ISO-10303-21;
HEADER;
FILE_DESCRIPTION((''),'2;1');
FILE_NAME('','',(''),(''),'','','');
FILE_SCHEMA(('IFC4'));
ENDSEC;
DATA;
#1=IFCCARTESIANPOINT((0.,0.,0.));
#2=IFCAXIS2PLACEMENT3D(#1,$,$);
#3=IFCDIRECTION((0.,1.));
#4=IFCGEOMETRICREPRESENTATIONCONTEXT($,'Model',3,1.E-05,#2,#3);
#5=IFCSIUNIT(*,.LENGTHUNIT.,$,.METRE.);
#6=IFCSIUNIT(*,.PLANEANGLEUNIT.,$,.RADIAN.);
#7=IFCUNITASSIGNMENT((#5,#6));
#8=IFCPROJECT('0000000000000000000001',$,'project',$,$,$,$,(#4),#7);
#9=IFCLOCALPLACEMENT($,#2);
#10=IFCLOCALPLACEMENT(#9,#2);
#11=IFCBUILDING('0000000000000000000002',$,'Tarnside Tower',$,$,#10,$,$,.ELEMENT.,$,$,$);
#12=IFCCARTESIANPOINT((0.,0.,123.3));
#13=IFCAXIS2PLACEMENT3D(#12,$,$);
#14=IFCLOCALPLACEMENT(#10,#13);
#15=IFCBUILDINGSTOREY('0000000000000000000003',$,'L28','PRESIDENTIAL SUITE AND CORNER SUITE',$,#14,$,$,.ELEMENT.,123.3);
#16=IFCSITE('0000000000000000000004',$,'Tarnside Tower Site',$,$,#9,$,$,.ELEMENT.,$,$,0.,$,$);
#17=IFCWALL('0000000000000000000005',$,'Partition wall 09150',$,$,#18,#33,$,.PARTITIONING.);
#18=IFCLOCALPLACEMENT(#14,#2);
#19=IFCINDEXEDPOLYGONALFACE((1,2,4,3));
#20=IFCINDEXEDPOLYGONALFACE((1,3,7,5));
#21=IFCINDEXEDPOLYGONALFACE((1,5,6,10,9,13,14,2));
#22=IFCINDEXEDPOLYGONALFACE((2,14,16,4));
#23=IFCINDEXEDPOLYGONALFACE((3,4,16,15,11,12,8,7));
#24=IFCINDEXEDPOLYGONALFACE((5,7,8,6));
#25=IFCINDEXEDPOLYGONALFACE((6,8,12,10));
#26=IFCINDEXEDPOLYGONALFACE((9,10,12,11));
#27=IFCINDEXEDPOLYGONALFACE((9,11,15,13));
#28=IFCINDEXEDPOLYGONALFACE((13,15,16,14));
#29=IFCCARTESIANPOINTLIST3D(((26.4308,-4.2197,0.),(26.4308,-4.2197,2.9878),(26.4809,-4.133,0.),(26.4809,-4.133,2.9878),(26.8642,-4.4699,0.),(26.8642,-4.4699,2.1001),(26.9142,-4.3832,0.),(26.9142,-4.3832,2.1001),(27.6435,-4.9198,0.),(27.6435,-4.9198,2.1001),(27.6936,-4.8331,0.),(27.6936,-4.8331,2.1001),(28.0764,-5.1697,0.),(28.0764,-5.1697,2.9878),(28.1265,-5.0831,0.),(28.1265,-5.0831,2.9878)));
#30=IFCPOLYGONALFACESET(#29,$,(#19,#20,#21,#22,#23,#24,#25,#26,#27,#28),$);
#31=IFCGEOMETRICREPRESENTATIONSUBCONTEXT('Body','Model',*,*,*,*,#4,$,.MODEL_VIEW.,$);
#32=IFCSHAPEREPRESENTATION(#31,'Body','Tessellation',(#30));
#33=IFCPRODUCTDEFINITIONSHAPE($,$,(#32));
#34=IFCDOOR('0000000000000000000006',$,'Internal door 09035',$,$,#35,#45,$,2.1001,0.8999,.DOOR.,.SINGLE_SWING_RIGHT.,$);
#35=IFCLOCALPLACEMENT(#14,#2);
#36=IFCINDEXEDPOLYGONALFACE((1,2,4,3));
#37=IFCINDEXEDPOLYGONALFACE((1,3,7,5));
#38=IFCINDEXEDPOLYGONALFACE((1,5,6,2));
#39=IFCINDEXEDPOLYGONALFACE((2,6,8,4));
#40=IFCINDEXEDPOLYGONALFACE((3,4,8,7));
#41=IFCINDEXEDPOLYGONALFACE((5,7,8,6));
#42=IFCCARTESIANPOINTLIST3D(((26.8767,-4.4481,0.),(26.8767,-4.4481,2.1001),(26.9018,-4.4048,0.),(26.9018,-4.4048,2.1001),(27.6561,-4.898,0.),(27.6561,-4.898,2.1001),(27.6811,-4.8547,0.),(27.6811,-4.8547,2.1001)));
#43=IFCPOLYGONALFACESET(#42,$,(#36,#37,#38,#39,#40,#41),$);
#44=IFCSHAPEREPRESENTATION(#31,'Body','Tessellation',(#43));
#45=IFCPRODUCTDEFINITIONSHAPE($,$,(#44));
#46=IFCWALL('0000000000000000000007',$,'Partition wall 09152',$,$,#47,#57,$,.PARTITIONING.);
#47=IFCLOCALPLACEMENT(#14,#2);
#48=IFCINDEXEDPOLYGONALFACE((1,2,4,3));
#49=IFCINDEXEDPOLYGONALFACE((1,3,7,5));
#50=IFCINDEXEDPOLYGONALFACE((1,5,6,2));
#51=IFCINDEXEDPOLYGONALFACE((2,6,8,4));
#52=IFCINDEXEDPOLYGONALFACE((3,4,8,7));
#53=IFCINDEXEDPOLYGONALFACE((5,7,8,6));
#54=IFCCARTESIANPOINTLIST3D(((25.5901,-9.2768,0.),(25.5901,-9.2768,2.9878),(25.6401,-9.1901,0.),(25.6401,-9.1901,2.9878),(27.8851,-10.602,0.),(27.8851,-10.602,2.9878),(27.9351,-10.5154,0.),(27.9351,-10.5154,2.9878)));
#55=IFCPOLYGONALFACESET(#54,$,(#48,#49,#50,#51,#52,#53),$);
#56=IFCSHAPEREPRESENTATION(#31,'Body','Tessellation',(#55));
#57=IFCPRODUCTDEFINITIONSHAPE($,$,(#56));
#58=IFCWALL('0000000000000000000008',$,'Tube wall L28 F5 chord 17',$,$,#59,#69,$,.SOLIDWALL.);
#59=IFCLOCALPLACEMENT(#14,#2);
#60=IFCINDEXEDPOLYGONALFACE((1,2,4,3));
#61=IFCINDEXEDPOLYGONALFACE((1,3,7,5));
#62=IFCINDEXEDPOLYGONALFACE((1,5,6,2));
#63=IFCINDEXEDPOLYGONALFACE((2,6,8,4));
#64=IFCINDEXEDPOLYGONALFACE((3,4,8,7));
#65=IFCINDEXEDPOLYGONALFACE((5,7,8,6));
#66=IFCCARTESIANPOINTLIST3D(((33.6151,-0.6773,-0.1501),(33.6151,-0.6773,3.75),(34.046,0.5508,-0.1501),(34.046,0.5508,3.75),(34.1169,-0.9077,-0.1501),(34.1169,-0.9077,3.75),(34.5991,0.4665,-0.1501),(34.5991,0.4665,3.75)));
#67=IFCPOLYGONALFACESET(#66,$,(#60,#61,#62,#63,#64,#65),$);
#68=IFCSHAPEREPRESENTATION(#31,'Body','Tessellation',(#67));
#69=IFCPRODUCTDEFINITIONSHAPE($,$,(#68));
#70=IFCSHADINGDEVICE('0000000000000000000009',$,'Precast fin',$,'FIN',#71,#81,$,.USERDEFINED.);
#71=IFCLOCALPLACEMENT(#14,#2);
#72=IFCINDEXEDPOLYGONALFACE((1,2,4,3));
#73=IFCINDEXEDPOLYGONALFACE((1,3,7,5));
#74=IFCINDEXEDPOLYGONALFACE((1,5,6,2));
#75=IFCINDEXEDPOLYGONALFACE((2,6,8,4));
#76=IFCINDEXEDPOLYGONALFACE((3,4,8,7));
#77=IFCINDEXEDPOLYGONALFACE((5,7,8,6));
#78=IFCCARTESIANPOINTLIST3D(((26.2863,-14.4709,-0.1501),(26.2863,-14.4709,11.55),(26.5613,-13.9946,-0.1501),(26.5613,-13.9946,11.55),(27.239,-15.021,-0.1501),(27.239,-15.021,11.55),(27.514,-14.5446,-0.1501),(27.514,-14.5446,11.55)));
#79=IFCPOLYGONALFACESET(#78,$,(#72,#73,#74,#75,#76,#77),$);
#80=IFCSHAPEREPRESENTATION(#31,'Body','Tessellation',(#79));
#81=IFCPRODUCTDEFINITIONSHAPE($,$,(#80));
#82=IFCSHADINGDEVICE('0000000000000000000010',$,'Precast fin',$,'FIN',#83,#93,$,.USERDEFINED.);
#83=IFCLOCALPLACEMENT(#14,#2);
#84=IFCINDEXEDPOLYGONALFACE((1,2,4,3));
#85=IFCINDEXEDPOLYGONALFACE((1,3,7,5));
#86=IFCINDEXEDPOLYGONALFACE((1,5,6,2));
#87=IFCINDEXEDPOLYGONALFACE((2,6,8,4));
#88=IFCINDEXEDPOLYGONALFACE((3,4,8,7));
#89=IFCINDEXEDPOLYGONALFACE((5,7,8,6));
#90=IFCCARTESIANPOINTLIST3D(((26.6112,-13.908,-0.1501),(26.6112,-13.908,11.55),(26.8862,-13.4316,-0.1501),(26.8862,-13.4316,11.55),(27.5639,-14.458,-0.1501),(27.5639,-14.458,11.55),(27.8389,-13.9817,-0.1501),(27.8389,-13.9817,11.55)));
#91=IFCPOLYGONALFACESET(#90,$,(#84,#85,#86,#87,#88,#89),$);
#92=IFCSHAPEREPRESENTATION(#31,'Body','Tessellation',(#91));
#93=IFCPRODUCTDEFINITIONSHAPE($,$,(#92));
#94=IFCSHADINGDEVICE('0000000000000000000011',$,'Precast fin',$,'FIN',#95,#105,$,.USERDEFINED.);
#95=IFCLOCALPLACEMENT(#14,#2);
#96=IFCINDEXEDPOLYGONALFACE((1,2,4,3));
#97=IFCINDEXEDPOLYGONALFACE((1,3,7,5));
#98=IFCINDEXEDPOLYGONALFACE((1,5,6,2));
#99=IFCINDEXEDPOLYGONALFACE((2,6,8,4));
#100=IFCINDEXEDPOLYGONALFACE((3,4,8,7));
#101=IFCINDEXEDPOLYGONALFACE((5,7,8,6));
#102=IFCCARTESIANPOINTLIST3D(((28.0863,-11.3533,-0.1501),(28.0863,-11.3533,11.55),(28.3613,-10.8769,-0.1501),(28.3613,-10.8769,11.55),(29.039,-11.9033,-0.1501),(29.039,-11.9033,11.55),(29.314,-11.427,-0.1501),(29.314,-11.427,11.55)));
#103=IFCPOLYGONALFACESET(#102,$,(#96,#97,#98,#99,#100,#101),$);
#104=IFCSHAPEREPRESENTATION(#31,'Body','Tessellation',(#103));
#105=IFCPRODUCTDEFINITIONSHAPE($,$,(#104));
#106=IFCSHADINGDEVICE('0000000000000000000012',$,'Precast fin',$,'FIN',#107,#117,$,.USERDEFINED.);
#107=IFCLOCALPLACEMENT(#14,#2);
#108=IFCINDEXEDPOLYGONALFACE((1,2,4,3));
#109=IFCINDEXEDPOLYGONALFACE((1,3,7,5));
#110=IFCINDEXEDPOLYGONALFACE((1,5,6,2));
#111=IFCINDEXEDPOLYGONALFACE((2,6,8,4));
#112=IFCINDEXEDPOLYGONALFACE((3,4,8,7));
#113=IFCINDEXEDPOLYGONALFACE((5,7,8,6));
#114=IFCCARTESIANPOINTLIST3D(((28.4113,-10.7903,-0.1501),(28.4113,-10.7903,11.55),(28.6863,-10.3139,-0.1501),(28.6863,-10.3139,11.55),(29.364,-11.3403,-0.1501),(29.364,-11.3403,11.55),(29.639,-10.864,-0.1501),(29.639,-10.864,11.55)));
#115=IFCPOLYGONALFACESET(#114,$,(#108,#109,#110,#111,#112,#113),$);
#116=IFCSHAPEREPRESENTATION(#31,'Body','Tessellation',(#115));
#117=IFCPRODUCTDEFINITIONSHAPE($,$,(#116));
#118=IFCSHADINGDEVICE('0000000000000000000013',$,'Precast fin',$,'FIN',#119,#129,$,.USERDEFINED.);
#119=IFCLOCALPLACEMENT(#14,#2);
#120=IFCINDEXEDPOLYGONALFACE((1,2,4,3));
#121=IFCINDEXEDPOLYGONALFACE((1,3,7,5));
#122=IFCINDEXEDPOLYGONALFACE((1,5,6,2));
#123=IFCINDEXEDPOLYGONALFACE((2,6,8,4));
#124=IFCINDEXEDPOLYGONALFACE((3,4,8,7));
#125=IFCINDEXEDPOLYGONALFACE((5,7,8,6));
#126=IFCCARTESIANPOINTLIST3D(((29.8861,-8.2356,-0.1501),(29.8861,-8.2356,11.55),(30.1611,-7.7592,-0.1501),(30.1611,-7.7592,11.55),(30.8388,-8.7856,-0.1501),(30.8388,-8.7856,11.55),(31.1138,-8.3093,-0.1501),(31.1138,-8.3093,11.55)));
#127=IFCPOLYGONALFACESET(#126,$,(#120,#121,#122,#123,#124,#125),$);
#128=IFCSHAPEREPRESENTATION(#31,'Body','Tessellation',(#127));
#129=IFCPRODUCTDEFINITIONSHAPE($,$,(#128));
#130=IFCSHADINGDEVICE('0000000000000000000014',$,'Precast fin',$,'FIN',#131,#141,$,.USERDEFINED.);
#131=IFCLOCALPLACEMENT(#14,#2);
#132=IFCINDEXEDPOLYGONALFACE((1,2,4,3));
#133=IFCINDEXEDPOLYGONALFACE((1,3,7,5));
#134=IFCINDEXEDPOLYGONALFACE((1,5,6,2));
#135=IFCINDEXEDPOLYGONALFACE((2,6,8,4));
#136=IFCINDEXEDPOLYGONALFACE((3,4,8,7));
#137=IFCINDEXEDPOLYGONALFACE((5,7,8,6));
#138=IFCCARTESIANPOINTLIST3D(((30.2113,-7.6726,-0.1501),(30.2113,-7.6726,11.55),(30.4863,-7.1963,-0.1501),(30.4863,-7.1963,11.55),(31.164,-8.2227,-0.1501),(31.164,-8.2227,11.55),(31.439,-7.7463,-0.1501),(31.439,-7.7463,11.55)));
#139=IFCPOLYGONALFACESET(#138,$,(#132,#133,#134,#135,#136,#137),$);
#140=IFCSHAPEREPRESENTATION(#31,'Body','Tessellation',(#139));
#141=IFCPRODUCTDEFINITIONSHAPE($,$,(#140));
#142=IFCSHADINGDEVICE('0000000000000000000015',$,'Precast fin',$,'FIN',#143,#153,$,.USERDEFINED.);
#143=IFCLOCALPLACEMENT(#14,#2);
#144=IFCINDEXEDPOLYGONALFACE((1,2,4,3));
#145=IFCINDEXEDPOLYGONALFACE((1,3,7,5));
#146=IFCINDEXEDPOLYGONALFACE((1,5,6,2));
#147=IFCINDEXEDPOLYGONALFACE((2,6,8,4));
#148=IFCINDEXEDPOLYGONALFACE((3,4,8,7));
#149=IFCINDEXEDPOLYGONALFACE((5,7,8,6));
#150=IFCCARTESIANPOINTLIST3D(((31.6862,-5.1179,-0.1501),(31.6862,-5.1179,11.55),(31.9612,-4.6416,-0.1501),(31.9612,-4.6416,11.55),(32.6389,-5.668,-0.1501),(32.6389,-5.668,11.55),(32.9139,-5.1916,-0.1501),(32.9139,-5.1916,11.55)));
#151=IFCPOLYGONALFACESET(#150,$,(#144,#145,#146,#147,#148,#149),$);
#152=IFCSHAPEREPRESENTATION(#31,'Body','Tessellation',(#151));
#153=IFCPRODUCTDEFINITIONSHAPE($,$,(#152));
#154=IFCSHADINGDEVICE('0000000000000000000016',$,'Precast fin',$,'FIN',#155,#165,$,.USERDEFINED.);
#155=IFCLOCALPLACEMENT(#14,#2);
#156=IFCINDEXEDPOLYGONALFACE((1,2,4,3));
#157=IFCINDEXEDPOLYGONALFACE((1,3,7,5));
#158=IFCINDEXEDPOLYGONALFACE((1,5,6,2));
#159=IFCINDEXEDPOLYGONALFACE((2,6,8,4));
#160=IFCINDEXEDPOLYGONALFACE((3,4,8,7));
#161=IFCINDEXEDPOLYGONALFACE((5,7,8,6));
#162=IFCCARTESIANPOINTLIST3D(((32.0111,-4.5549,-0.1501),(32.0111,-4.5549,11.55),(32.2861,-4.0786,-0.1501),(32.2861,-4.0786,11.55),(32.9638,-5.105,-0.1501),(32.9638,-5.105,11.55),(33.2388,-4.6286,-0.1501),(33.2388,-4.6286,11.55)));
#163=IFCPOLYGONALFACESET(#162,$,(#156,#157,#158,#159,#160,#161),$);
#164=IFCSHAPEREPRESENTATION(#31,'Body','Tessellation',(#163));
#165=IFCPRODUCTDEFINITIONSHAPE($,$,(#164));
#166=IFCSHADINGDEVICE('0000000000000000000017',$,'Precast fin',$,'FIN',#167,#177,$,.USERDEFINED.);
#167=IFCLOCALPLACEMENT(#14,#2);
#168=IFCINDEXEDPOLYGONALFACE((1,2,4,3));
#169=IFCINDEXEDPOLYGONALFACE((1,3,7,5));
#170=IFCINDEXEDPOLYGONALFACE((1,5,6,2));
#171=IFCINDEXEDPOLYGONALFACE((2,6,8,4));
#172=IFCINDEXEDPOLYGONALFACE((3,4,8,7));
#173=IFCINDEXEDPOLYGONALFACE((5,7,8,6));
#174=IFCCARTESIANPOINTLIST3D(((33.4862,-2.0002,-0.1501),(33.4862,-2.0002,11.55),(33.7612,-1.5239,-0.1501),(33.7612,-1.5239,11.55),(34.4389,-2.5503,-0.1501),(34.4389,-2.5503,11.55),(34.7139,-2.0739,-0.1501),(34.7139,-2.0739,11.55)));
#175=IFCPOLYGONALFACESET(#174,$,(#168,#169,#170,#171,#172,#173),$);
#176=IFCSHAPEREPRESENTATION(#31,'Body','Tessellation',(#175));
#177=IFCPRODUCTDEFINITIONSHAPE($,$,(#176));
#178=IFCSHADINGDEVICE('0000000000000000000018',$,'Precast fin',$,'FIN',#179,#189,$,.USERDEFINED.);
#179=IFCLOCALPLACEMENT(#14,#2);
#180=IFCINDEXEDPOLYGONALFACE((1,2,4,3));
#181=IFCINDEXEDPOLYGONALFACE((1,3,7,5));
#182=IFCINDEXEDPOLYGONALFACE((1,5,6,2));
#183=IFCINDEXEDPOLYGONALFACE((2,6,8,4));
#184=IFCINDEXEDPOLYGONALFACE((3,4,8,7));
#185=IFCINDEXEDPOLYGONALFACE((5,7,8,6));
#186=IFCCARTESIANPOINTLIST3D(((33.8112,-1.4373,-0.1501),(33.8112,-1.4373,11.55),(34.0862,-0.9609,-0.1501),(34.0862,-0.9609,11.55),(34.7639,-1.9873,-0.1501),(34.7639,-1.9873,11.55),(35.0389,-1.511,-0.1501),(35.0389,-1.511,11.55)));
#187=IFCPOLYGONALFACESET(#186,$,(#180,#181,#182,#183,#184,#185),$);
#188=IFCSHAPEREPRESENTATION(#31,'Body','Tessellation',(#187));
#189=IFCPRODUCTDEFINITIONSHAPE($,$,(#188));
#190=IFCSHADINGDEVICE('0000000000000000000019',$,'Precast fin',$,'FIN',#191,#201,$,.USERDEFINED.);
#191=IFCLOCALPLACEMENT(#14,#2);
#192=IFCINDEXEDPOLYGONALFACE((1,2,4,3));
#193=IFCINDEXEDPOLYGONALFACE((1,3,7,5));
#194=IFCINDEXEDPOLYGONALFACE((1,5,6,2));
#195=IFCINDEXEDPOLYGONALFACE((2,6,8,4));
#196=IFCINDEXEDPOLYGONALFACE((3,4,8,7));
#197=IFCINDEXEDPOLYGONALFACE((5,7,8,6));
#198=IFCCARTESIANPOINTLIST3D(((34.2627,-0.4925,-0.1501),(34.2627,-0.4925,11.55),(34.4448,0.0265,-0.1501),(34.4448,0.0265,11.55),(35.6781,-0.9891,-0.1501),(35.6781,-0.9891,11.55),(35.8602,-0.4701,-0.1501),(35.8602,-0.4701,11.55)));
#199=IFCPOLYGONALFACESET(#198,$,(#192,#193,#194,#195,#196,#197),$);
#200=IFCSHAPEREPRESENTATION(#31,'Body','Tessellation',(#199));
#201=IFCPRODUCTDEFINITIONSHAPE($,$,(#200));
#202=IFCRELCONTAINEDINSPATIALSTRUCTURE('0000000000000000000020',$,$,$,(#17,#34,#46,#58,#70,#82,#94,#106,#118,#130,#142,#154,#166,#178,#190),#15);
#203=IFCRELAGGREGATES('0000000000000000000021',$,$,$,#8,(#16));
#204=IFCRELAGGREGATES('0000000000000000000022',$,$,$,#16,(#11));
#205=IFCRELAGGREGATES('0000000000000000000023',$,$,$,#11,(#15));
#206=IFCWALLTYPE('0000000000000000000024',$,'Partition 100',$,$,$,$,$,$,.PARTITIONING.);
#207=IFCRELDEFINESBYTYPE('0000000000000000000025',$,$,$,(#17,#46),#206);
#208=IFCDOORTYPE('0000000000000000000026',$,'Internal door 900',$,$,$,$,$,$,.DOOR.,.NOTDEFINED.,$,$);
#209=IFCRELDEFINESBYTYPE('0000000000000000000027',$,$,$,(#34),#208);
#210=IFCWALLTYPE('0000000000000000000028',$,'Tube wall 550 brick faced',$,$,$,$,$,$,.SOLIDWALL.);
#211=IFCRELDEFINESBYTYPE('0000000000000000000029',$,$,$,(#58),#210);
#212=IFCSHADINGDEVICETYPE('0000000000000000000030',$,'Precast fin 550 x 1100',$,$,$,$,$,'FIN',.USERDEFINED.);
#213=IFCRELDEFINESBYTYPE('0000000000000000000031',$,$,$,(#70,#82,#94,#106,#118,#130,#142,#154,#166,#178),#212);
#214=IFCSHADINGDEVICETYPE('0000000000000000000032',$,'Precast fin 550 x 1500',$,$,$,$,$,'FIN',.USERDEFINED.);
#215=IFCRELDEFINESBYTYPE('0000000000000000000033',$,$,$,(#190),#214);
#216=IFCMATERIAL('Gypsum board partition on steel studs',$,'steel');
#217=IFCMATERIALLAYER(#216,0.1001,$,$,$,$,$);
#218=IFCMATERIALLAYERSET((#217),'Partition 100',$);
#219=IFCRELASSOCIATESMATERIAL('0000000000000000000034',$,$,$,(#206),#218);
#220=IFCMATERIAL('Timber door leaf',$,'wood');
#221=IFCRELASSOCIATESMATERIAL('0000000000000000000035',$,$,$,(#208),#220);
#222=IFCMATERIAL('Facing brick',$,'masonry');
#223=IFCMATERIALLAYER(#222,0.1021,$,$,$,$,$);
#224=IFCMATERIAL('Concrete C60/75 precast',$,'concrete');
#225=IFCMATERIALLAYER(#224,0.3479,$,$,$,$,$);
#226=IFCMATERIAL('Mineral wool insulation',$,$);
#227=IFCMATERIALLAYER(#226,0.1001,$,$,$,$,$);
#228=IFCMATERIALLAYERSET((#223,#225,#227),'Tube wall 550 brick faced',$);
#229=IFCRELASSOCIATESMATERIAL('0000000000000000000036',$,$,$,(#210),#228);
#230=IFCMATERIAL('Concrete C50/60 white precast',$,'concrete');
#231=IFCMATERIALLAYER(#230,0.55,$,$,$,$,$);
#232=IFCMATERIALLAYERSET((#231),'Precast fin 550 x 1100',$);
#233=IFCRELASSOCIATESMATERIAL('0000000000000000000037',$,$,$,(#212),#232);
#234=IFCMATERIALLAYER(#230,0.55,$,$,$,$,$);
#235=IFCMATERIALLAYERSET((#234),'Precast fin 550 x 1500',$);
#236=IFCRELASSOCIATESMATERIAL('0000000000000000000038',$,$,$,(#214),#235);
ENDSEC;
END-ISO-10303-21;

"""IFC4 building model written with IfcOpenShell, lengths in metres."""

from ifc_helpers import new_model, si_unit, direction, frame, frame_2d, origin, place, context, subcontext, project, spatial, polyline, rectangle, outline, extrude, material, layer, layer_set, type_object, element, fill, save


model = new_model("IFC4")

# Units and contexts
model_context = context("Model", 3, precision=1e-05, world=origin(), true_north=direction((0.0, 1.0)))
body_context = subcontext(model_context, "Body", "Model", "MODEL_VIEW")
ifc_project = project(units=[si_unit("LENGTHUNIT", "METRE"), si_unit("PLANEANGLEUNIT", "RADIAN")], contexts=[model_context])

# Site, building, storey
site_placement = place(None, origin())
site = spatial("IfcSite", under=ifc_project, at=site_placement, Name="Tarnside Tower Site", CompositionType="ELEMENT", RefElevation=0.0)
building_placement = place(site_placement, origin())
building = spatial("IfcBuilding", under=site, at=building_placement, Name="Tarnside Tower", CompositionType="ELEMENT")
storey_placement = place(building_placement, frame((0.0, 0.0, 123.3)))
storey = spatial("IfcBuildingStorey", under=building, at=storey_placement, Name="L28", Description="PRESIDENTIAL SUITE AND CORNER SUITE", CompositionType="ELEMENT", Elevation=123.3)

# Shared definitions
ifc_material_1 = material(Name="Gypsum board partition on steel studs", Category="steel")

# Shared definitions
ifc_material_2 = material(Name="Timber door leaf", Category="wood")

# Shared definitions
ifc_layer_1 = layer(ifc_material_1, 0.1001)
ifc_layer_set_1 = layer_set([ifc_layer_1], Name="Partition 100")
wall_type_1 = type_object("IfcWallType", Name="Partition 100", PredefinedType="PARTITIONING", material=ifc_layer_set_1)

# Wall, opening, door
wall_1_placement = place(storey_placement, frame((28.1016, -5.1265, 0.0), z_axis=(0.0, 0.0, 1.0), x_axis=(-0.866044, 0.499967, 0.0)))
wall_1 = element("IfcWall", 1, at=wall_1_placement, inside=storey, type_object=wall_type_1, Name="Partition wall 09150", PredefinedType="PARTITIONING", context=body_context, shape_type="SweptSolid", body=[
    extrude(rectangle(XDim=1.9001, YDim=0.1001, at=frame_2d((0.9502, 0.0))), origin(), (0.0, 0.0, 1.0), 2.9878),
])
opening_1_placement = place(wall_1_placement, frame((0.5, 0.0, 0.0)))
opening_1 = element("IfcOpeningElement", 2, at=opening_1_placement, cuts=wall_1, PredefinedType="OPENING", context=body_context, shape_type="SweptSolid", body=[
    extrude(rectangle(XDim=0.8999, YDim=2.1001, at=frame_2d((0.45, 1.05))), frame((0.0, 0.0601, 0.0), z_axis=(0.0, -1.0, 0.0), x_axis=(1.0, 0.0, 0.0)), (0.0, 0.0, 1.0), 0.1201),
])
door_type_1 = type_object("IfcDoorType", Name="Internal door 900", OperationType="NOTDEFINED", PredefinedType="DOOR", material=ifc_material_2)
door_1_placement = place(opening_1_placement, origin())
door_1 = element("IfcDoor", 3, at=door_1_placement, inside=storey, type_object=door_type_1, Name="Internal door 09035", OperationType="SINGLE_SWING_RIGHT", OverallHeight=2.1001, OverallWidth=0.8999, PredefinedType="DOOR", context=body_context, shape_type="SweptSolid", body=[
    extrude(rectangle(XDim=0.8999, YDim=2.1001, at=frame_2d((0.45, 1.05))), frame((0.0, 0.0249, 0.0), z_axis=(0.0, -1.0, 0.0), x_axis=(1.0, 0.0, 0.0)), (0.0, 0.0, 1.0), 0.05),
])
fill(opening_1, door_1)

# Walls
wall_2_placement = place(storey_placement, frame((25.615, -9.2334, 0.0), z_axis=(0.0, 0.0, 1.0), x_axis=(0.865989, -0.500063, 0.0)))
element("IfcWall", 4, at=wall_2_placement, inside=storey, type_object=wall_type_1, Name="Partition wall 09152", PredefinedType="PARTITIONING", context=body_context, shape_type="SweptSolid", body=[
    extrude(rectangle(XDim=2.6501, YDim=0.1001, at=frame_2d((1.3252, 0.0))), origin(), (0.0, 0.0, 1.0), 2.9878),
])
ifc_material_3 = material(Name="Facing brick", Category="masonry")
ifc_layer_2 = layer(ifc_material_3, 0.1021)
ifc_material_4 = material(Name="Concrete C60/75 precast", Category="concrete")
ifc_layer_3 = layer(ifc_material_4, 0.3479)
ifc_material_5 = material(Name="Mineral wool insulation")
ifc_layer_4 = layer(ifc_material_5, 0.1001)
ifc_layer_set_2 = layer_set([ifc_layer_2, ifc_layer_3, ifc_layer_4], Name="Tube wall 550 brick faced")
wall_type_2 = type_object("IfcWallType", Name="Tube wall 550 brick faced", PredefinedType="SOLIDWALL", material=ifc_layer_set_2)
wall_3_placement = place(storey_placement, frame((33.866, -0.7925, -0.1501), z_axis=(0.0, 0.0, 1.0), x_axis=(0.331115, 0.94359, 0.0)))
element("IfcWall", 5, at=wall_3_placement, inside=storey, type_object=wall_type_2, Name="Tube wall L28 F5 chord 17", PredefinedType="SOLIDWALL", context=body_context, shape_type="SweptSolid", body=[
    extrude(outline(polyline([(-0.0256, -0.2749), (1.4307, -0.2749), (1.3271, 0.2749), (0.0256, 0.2749), (-0.0256, -0.2749)])), origin(), (0.0, 0.0, 1.0), 3.9001),
])

# Shading devices
ifc_material_6 = material(Name="Concrete C50/60 white precast", Category="concrete")
ifc_layer_5 = layer(ifc_material_6, 0.55)
ifc_layer_set_3 = layer_set([ifc_layer_5], Name="Precast fin 550 x 1100")
shading_device_type_1 = type_object("IfcShadingDeviceType", Name="Precast fin 550 x 1100", ElementType="FIN", PredefinedType="USERDEFINED", material=ifc_layer_set_3)
for number, where, z_axis, x_axis, name in (
    (6, (26.4238, -14.2327, -0.1501), (-0.5, -0.866025, 0.0), (0.866025, -0.5, 0.0), "Precast fin"),
    (7, (26.7488, -13.6697, -0.1501), (-0.5, -0.866025, 0.0), (0.866025, -0.5, 0.0), "Precast fin"),
    (8, (28.2239, -11.115, -0.1501), (-0.5, -0.866025, 0.0), (0.866025, -0.5, 0.0), "Precast fin"),
    (9, (28.5488, -10.552, -0.1501), (-0.5, -0.866025, 0.0), (0.866025, -0.5, 0.0), "Precast fin"),
    (10, (30.0237, -7.9973, -0.1501), (-0.5, -0.866025, 0.0), (0.866025, -0.5, 0.0), "Precast fin"),
    (11, (30.3489, -7.4343, -0.1501), (-0.5, -0.866025, 0.0), (0.866025, -0.5, 0.0), "Precast fin"),
    (12, (31.8237, -4.8796, -0.1501), (-0.5, -0.866025, 0.0), (0.866025, -0.5, 0.0), "Precast fin"),
    (13, (32.1487, -4.3167, -0.1501), (-0.5, -0.866025, 0.0), (0.866025, -0.5, 0.0), "Precast fin"),
    (14, (33.6238, -1.762, -0.1501), (-0.5, -0.866025, 0.0), (0.866025, -0.5, 0.0), "Precast fin"),
    (15, (33.9487, -1.199, -0.1501), (-0.5, -0.866025, 0.0), (0.866025, -0.5, 0.0), "Precast fin"),
):
    element("IfcShadingDevice", number, at=place(storey_placement, frame(where, z_axis=z_axis, x_axis=x_axis)), inside=storey, type_object=shading_device_type_1, Name=name, ObjectType="FIN", PredefinedType="USERDEFINED", context=body_context, shape_type="SweptSolid", body=[
        extrude(outline(polyline([(0.0, 0.0), (1.1001, 0.0), (1.1001, 11.7002), (0.0, 11.7002), (0.0, 0.0)])), frame((0.0, 0.0, -0.2749)), (0.0, 0.0, 1.0), 0.55),
    ])
ifc_layer_6 = layer(ifc_material_6, 0.55)
ifc_layer_set_4 = layer_set([ifc_layer_6], Name="Precast fin 550 x 1500")
shading_device_type_2 = type_object("IfcShadingDeviceType", Name="Precast fin 550 x 1500", ElementType="FIN", PredefinedType="USERDEFINED", material=ifc_layer_set_4)
shading_device_placement = place(storey_placement, frame((34.3538, -0.2329, -0.1501), z_axis=(-0.331063, -0.943609, 0.0), x_axis=(0.943609, -0.331063, 0.0)))
element("IfcShadingDevice", 16, at=shading_device_placement, inside=storey, type_object=shading_device_type_2, Name="Precast fin", ObjectType="FIN", PredefinedType="USERDEFINED", context=body_context, shape_type="SweptSolid", body=[
    extrude(outline(polyline([(0.0, 0.0), (1.5, 0.0), (1.5, 11.7002), (0.0, 11.7002), (0.0, 0.0)])), frame((0.0, 0.0, -0.2749)), (0.0, 0.0, 1.0), 0.55),
])

save(model, "model.ifc")
